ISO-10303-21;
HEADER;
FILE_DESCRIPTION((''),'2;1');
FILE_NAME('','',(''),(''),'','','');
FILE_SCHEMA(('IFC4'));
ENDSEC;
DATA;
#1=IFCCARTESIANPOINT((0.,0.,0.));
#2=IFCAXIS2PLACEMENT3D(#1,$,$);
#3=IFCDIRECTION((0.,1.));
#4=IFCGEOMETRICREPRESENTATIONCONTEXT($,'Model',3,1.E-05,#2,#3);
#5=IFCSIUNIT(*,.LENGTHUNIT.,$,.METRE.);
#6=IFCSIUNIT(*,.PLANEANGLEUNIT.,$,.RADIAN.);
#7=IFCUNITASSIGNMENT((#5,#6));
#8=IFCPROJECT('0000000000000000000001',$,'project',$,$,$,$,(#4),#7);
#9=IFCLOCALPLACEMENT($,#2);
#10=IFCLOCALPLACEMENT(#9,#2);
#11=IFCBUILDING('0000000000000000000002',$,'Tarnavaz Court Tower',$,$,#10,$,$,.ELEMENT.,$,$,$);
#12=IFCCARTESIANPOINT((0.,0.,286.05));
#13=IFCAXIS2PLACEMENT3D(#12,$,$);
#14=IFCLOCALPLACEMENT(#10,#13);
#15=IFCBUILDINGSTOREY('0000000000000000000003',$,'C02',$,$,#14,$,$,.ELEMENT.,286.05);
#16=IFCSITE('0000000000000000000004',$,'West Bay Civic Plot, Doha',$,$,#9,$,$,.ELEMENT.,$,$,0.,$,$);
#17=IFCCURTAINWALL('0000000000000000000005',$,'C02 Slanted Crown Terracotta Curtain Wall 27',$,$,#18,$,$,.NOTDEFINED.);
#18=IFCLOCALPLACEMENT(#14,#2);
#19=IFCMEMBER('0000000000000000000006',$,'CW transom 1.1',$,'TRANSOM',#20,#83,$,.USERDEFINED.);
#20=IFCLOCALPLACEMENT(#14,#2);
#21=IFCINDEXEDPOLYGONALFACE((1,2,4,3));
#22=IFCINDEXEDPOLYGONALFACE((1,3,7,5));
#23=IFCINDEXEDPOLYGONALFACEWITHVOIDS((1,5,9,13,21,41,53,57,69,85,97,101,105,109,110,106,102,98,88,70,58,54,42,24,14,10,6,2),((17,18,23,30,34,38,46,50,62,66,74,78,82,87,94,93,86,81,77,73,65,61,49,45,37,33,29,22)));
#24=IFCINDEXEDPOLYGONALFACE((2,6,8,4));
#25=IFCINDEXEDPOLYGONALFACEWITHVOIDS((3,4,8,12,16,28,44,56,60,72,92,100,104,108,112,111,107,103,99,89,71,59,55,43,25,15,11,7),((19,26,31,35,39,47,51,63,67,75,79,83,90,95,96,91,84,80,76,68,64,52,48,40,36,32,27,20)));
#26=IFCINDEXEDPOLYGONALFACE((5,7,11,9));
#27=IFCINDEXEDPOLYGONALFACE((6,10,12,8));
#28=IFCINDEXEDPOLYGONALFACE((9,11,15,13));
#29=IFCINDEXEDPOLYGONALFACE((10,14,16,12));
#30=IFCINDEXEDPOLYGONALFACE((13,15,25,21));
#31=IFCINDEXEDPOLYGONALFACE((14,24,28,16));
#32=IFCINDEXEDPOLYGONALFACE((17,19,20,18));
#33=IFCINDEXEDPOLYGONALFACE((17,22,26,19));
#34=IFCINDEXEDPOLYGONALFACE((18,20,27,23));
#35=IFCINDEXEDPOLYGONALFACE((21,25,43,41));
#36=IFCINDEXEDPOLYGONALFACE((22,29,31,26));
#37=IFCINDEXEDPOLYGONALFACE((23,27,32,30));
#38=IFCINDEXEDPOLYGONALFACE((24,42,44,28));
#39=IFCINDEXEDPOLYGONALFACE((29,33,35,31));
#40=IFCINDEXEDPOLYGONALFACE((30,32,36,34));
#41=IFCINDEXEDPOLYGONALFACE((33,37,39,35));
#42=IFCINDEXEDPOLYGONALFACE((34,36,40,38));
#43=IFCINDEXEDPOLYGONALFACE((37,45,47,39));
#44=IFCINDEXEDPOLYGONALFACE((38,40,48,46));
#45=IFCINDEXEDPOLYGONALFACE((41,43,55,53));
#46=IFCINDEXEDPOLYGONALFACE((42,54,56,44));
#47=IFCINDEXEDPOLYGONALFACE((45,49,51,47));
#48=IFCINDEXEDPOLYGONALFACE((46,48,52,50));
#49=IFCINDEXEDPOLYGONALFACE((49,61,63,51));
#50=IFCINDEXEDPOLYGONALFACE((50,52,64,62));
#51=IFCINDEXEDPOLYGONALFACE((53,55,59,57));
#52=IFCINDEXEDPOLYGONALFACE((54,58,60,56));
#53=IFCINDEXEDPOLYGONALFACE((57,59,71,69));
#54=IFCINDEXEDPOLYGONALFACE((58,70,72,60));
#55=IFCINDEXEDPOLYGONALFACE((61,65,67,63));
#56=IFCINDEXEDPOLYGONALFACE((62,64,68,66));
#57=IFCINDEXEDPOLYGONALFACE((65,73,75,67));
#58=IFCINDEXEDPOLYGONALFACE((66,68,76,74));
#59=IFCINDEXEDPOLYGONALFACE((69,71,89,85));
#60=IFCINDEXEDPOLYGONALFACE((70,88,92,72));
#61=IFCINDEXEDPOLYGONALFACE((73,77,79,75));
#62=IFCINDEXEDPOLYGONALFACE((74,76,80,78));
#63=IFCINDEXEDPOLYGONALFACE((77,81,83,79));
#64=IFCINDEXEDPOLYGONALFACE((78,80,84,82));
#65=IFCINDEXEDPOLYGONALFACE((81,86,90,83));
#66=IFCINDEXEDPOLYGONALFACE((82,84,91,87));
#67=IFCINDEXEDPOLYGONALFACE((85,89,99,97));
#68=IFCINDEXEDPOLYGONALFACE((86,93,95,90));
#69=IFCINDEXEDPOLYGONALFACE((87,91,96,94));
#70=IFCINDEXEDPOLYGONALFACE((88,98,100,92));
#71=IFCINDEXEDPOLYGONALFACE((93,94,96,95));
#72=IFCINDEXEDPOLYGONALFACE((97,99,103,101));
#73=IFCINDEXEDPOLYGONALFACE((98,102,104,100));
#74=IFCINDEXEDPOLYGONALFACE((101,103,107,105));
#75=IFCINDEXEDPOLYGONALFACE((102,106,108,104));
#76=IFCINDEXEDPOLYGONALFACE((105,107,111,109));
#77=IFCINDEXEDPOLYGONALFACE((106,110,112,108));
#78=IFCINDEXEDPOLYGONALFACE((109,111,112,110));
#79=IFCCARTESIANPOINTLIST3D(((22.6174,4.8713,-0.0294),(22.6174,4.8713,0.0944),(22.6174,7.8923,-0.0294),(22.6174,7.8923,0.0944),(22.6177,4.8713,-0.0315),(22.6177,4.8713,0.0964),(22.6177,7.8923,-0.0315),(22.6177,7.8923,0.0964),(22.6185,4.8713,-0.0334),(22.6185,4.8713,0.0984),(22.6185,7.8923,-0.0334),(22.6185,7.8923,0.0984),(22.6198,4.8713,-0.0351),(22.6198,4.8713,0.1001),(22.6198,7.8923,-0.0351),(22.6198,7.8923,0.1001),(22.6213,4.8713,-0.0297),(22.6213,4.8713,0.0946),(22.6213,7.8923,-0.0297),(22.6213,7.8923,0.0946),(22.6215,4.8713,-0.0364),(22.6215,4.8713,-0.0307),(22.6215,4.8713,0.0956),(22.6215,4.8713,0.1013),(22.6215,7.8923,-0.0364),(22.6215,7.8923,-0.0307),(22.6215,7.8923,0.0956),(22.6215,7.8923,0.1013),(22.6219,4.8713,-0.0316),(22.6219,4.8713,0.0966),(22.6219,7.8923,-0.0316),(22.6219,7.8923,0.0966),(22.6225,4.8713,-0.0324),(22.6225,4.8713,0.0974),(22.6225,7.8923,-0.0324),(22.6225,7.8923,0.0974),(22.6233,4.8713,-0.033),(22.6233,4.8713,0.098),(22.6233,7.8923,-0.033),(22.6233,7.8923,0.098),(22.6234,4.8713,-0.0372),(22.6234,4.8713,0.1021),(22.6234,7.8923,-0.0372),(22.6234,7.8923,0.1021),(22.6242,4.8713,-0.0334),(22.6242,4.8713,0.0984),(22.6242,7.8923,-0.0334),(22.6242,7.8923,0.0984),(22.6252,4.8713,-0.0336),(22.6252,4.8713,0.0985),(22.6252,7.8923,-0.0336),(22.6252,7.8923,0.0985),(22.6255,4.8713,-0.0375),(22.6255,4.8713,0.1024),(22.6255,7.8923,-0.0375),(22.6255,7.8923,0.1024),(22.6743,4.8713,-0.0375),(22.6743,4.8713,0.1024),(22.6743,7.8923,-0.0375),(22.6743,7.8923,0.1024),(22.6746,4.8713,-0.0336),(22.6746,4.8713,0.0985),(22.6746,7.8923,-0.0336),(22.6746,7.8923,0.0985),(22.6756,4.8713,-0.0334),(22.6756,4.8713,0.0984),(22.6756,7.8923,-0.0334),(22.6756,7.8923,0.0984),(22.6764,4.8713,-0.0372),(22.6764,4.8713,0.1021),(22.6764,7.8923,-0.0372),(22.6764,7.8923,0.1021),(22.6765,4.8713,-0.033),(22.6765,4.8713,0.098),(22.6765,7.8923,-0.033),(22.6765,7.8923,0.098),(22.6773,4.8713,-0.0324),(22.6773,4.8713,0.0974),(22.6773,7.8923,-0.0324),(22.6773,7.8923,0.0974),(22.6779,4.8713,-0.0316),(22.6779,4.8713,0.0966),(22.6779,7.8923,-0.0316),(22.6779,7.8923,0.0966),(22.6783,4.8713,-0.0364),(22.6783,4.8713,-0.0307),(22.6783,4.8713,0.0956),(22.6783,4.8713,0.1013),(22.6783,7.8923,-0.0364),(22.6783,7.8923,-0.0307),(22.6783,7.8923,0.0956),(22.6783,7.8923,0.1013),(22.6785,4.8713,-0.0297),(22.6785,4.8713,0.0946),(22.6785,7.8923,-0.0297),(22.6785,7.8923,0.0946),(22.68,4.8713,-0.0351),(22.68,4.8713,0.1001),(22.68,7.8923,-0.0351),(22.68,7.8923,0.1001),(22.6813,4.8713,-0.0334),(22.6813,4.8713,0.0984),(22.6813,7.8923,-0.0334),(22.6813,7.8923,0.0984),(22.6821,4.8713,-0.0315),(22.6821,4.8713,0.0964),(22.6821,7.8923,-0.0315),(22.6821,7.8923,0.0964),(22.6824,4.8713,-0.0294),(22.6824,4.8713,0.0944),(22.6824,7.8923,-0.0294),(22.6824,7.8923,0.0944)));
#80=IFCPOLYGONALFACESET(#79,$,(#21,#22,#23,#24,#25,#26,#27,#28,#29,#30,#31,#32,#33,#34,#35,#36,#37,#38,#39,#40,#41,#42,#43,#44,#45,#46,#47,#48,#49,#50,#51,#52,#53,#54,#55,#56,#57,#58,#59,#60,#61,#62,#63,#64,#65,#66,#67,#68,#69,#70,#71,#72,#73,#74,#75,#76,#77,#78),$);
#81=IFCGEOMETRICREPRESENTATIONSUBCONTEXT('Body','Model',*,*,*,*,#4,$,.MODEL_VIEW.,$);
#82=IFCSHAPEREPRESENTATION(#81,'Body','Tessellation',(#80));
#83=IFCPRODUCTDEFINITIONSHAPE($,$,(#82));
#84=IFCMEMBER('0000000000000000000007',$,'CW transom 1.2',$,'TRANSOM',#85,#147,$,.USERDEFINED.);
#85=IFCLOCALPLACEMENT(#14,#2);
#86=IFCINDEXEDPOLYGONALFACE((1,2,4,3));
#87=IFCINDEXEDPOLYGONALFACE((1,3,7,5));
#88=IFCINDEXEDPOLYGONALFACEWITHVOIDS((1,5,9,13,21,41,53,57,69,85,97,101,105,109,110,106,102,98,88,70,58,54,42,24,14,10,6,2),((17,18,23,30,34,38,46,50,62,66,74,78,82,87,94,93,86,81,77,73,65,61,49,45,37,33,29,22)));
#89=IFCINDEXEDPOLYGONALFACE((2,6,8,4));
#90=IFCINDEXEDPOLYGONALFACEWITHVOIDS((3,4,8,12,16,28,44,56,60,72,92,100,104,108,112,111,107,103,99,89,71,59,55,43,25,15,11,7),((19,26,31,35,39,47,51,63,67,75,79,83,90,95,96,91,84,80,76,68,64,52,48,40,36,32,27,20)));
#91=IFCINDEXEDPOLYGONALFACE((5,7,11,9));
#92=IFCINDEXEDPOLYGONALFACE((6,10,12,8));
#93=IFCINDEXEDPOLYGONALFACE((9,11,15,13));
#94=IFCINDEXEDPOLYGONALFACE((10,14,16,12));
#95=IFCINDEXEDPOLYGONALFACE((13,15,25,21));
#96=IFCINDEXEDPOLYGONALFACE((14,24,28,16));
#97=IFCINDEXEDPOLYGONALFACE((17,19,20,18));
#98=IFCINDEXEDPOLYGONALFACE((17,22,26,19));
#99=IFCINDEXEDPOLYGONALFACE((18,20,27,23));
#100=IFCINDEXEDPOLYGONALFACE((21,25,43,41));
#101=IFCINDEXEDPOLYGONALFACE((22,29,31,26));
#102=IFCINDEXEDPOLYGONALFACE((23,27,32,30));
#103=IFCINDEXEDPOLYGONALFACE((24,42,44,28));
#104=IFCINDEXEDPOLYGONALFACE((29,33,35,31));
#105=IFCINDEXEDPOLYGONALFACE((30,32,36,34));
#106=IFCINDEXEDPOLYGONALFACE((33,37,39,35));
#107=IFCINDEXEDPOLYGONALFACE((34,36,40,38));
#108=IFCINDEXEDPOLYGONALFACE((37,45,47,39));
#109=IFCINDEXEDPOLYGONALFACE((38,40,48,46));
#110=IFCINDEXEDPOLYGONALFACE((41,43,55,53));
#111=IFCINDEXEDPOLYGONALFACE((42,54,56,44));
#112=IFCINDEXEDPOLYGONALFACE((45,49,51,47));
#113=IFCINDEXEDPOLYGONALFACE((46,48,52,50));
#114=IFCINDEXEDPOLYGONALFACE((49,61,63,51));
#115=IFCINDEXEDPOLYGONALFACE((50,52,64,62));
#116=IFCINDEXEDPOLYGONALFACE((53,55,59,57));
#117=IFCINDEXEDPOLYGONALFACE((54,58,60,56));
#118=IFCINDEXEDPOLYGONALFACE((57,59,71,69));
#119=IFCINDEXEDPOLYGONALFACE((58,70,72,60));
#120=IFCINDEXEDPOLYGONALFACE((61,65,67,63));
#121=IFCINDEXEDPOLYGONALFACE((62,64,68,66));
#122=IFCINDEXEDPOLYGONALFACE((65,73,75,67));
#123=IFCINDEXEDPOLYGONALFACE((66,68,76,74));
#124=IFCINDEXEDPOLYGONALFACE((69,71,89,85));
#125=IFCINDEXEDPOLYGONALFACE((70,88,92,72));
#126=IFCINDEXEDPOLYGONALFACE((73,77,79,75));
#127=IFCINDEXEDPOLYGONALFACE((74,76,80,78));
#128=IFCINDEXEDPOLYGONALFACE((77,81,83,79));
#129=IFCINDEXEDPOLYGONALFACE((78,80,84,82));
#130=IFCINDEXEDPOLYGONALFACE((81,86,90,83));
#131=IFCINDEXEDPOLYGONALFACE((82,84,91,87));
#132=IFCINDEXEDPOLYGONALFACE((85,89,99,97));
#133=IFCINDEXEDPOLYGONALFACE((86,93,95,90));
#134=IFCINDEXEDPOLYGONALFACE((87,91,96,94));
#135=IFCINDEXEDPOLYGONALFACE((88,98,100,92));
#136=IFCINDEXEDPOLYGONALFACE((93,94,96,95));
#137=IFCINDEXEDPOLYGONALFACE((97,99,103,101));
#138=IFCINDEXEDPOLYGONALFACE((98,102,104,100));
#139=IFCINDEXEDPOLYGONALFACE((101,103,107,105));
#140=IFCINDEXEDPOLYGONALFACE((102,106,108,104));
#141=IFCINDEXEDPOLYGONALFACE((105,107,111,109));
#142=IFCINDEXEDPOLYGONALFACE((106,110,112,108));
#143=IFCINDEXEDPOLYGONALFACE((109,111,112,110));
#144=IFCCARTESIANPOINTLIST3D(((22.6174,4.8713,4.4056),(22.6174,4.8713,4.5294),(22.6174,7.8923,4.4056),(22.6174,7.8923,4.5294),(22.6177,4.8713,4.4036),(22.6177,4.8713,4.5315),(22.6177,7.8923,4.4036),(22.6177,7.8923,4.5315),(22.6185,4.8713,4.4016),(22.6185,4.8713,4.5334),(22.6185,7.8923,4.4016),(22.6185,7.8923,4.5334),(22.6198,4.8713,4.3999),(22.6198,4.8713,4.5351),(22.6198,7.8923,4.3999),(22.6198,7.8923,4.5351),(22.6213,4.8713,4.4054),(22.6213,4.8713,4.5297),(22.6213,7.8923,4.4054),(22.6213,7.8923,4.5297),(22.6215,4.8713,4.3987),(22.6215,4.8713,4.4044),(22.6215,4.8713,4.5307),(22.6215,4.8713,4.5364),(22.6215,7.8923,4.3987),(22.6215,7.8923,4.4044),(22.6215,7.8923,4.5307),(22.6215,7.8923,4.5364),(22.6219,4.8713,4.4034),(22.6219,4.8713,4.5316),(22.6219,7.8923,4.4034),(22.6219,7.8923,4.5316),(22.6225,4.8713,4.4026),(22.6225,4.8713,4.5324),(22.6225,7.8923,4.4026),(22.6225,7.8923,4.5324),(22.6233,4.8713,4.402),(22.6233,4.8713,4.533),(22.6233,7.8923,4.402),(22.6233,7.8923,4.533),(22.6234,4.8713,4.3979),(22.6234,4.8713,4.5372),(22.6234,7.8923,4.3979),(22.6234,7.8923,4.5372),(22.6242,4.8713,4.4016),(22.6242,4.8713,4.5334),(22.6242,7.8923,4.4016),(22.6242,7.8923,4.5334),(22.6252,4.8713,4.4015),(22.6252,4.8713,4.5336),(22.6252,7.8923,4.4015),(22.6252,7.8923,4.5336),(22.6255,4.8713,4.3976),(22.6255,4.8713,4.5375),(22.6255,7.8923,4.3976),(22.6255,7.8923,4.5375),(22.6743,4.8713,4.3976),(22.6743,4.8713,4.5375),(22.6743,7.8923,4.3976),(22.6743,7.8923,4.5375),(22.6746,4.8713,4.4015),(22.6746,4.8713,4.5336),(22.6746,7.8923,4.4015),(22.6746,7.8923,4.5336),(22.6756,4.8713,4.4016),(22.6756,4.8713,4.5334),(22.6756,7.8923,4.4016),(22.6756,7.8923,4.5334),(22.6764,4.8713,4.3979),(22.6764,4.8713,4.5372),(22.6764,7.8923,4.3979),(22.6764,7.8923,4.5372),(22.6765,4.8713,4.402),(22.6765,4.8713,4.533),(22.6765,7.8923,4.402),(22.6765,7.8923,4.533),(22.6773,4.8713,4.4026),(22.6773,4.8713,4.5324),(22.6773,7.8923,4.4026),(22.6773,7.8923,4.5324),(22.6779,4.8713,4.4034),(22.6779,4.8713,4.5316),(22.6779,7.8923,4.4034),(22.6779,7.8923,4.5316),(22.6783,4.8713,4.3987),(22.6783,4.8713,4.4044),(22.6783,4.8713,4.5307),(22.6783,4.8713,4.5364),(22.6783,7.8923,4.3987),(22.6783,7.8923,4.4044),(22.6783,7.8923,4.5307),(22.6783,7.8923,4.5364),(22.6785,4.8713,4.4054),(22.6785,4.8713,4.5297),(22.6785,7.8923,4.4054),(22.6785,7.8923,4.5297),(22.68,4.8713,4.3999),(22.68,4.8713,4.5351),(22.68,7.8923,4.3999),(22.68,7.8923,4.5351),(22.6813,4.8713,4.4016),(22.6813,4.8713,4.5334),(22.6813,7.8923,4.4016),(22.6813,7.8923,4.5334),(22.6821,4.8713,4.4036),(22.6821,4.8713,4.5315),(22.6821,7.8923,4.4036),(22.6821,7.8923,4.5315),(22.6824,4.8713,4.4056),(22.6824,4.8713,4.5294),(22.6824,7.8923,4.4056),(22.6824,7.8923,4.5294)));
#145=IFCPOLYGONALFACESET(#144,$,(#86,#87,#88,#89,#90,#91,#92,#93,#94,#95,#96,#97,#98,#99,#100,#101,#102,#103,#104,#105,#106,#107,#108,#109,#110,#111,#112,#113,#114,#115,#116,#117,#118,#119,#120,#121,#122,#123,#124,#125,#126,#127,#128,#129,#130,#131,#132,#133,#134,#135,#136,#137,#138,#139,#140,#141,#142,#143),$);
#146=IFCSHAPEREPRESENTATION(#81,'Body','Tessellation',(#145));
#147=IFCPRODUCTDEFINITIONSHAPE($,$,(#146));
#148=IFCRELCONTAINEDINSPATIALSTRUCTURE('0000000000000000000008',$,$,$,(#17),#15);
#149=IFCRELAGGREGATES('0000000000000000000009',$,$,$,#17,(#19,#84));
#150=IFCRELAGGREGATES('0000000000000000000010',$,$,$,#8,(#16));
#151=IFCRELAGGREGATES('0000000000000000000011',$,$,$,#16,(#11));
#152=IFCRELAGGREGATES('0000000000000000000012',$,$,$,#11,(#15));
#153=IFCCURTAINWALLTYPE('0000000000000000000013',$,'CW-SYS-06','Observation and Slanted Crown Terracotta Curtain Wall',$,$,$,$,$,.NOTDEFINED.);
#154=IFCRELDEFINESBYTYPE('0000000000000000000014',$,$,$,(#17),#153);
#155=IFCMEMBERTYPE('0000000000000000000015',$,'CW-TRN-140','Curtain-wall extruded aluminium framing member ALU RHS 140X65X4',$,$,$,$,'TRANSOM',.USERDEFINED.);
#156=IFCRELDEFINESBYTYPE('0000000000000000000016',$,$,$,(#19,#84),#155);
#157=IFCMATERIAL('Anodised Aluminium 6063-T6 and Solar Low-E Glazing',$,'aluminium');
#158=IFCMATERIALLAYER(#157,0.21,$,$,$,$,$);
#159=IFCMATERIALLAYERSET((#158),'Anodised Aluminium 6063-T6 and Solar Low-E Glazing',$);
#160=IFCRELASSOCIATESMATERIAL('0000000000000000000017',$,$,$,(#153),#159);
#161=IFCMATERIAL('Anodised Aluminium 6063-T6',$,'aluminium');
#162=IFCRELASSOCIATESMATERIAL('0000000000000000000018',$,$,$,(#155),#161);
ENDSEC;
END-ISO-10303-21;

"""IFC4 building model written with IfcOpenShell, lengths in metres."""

from ifc_helpers import new_model, si_unit, direction, frame, origin, origin_2d, place, context, subcontext, project, spatial, hollow_rectangle, extrude, material, layer, layer_set, material_profile, profile_set, type_object, element, aggregate, save


model = new_model("IFC4")

# Units and contexts
model_context = context("Model", 3, precision=1e-05, world=origin(), true_north=direction((0.0, 1.0)))
body_context = subcontext(model_context, "Body", "Model", "MODEL_VIEW")
ifc_project = project(units=[si_unit("LENGTHUNIT", "METRE"), si_unit("PLANEANGLEUNIT", "RADIAN")], contexts=[model_context])

# Site, building, storey
site_placement = place(None, origin())
site = spatial("IfcSite", under=ifc_project, at=site_placement, Name="West Bay Civic Plot, Doha", CompositionType="ELEMENT", RefElevation=0.0)
building_placement = place(site_placement, origin())
building = spatial("IfcBuilding", under=site, at=building_placement, Name="Tarnavaz Court Tower", CompositionType="ELEMENT")
storey_placement = place(building_placement, frame((0.0, 0.0, 286.05)))
storey = spatial("IfcBuildingStorey", under=building, at=storey_placement, Name="C02", CompositionType="ELEMENT", Elevation=286.05)

# Shared definitions
ifc_material_1 = material(Name="Anodised Aluminium 6063-T6 and Solar Low-E Glazing", Category="aluminium")
ifc_layer_1 = layer(ifc_material_1, 0.21)
ifc_layer_set_1 = layer_set([ifc_layer_1], Name="Anodised Aluminium 6063-T6 and Solar Low-E Glazing")
curtain_wall_type = type_object("IfcCurtainWallType", Name="CW-SYS-06", Description="Observation and Slanted Crown Terracotta Curtain Wall", PredefinedType="NOTDEFINED", material=ifc_layer_set_1)
ifc_material_2 = material(Name="Anodised Aluminium 6063-T6", Category="aluminium")

# Curtain wall
curtain_wall_1_placement = place(storey_placement, origin())
curtain_wall_1 = element("IfcCurtainWall", 1, at=curtain_wall_1_placement, inside=storey, type_object=curtain_wall_type, Name="C02 Slanted Crown Terracotta Curtain Wall 27", PredefinedType="NOTDEFINED")

# Members
ifc_material_profile_1 = material_profile(ifc_material_2, hollow_rectangle(XDim=0.0649, YDim=0.1399, WallThickness=0.0039, InnerFilletRadius=0.0039, OuterFilletRadius=0.0081, at=origin_2d()), Name="ALU RHS 140X65X4")
ifc_profile_set_1 = profile_set([ifc_material_profile_1], Name="Anodised Aluminium 6063-T6")
member_type_1 = type_object("IfcMemberType", Name="CW-TRN-140", Description="Curtain-wall extruded aluminium framing member ALU RHS 140X65X4", ElementType="TRANSOM", PredefinedType="USERDEFINED", material=ifc_profile_set_1)
member_1_placement = place(storey_placement, frame((22.6499, 7.8923, 0.0325), z_axis=(0.0, -1.0, 0.0), x_axis=(1.0, 0.0, 0.0)))
member_1 = element("IfcMember", 2, at=member_1_placement, type_object=member_type_1, Name="CW transom 1.1", ObjectType="TRANSOM", PredefinedType="USERDEFINED", context=body_context, shape_type="SweptSolid", body=[
    extrude(hollow_rectangle(XDim=0.0649, YDim=0.1399, WallThickness=0.0039, InnerFilletRadius=0.0039, OuterFilletRadius=0.0081, at=origin_2d()), origin(), (0.0, 0.0, 1.0), 3.021),
])
member_2_placement = place(storey_placement, frame((22.6499, 7.8923, 4.4675), z_axis=(0.0, -1.0, 0.0), x_axis=(1.0, 0.0, 0.0)))
member_2 = element("IfcMember", 3, at=member_2_placement, type_object=member_type_1, Name="CW transom 1.2", ObjectType="TRANSOM", PredefinedType="USERDEFINED", context=body_context, shape_type="SweptSolid", body=[
    extrude(hollow_rectangle(XDim=0.0649, YDim=0.1399, WallThickness=0.0039, InnerFilletRadius=0.0039, OuterFilletRadius=0.0081, at=origin_2d()), origin(), (0.0, 0.0, 1.0), 3.021),
])

aggregate(curtain_wall_1, [member_1, member_2])

save(model, "model.ifc")
